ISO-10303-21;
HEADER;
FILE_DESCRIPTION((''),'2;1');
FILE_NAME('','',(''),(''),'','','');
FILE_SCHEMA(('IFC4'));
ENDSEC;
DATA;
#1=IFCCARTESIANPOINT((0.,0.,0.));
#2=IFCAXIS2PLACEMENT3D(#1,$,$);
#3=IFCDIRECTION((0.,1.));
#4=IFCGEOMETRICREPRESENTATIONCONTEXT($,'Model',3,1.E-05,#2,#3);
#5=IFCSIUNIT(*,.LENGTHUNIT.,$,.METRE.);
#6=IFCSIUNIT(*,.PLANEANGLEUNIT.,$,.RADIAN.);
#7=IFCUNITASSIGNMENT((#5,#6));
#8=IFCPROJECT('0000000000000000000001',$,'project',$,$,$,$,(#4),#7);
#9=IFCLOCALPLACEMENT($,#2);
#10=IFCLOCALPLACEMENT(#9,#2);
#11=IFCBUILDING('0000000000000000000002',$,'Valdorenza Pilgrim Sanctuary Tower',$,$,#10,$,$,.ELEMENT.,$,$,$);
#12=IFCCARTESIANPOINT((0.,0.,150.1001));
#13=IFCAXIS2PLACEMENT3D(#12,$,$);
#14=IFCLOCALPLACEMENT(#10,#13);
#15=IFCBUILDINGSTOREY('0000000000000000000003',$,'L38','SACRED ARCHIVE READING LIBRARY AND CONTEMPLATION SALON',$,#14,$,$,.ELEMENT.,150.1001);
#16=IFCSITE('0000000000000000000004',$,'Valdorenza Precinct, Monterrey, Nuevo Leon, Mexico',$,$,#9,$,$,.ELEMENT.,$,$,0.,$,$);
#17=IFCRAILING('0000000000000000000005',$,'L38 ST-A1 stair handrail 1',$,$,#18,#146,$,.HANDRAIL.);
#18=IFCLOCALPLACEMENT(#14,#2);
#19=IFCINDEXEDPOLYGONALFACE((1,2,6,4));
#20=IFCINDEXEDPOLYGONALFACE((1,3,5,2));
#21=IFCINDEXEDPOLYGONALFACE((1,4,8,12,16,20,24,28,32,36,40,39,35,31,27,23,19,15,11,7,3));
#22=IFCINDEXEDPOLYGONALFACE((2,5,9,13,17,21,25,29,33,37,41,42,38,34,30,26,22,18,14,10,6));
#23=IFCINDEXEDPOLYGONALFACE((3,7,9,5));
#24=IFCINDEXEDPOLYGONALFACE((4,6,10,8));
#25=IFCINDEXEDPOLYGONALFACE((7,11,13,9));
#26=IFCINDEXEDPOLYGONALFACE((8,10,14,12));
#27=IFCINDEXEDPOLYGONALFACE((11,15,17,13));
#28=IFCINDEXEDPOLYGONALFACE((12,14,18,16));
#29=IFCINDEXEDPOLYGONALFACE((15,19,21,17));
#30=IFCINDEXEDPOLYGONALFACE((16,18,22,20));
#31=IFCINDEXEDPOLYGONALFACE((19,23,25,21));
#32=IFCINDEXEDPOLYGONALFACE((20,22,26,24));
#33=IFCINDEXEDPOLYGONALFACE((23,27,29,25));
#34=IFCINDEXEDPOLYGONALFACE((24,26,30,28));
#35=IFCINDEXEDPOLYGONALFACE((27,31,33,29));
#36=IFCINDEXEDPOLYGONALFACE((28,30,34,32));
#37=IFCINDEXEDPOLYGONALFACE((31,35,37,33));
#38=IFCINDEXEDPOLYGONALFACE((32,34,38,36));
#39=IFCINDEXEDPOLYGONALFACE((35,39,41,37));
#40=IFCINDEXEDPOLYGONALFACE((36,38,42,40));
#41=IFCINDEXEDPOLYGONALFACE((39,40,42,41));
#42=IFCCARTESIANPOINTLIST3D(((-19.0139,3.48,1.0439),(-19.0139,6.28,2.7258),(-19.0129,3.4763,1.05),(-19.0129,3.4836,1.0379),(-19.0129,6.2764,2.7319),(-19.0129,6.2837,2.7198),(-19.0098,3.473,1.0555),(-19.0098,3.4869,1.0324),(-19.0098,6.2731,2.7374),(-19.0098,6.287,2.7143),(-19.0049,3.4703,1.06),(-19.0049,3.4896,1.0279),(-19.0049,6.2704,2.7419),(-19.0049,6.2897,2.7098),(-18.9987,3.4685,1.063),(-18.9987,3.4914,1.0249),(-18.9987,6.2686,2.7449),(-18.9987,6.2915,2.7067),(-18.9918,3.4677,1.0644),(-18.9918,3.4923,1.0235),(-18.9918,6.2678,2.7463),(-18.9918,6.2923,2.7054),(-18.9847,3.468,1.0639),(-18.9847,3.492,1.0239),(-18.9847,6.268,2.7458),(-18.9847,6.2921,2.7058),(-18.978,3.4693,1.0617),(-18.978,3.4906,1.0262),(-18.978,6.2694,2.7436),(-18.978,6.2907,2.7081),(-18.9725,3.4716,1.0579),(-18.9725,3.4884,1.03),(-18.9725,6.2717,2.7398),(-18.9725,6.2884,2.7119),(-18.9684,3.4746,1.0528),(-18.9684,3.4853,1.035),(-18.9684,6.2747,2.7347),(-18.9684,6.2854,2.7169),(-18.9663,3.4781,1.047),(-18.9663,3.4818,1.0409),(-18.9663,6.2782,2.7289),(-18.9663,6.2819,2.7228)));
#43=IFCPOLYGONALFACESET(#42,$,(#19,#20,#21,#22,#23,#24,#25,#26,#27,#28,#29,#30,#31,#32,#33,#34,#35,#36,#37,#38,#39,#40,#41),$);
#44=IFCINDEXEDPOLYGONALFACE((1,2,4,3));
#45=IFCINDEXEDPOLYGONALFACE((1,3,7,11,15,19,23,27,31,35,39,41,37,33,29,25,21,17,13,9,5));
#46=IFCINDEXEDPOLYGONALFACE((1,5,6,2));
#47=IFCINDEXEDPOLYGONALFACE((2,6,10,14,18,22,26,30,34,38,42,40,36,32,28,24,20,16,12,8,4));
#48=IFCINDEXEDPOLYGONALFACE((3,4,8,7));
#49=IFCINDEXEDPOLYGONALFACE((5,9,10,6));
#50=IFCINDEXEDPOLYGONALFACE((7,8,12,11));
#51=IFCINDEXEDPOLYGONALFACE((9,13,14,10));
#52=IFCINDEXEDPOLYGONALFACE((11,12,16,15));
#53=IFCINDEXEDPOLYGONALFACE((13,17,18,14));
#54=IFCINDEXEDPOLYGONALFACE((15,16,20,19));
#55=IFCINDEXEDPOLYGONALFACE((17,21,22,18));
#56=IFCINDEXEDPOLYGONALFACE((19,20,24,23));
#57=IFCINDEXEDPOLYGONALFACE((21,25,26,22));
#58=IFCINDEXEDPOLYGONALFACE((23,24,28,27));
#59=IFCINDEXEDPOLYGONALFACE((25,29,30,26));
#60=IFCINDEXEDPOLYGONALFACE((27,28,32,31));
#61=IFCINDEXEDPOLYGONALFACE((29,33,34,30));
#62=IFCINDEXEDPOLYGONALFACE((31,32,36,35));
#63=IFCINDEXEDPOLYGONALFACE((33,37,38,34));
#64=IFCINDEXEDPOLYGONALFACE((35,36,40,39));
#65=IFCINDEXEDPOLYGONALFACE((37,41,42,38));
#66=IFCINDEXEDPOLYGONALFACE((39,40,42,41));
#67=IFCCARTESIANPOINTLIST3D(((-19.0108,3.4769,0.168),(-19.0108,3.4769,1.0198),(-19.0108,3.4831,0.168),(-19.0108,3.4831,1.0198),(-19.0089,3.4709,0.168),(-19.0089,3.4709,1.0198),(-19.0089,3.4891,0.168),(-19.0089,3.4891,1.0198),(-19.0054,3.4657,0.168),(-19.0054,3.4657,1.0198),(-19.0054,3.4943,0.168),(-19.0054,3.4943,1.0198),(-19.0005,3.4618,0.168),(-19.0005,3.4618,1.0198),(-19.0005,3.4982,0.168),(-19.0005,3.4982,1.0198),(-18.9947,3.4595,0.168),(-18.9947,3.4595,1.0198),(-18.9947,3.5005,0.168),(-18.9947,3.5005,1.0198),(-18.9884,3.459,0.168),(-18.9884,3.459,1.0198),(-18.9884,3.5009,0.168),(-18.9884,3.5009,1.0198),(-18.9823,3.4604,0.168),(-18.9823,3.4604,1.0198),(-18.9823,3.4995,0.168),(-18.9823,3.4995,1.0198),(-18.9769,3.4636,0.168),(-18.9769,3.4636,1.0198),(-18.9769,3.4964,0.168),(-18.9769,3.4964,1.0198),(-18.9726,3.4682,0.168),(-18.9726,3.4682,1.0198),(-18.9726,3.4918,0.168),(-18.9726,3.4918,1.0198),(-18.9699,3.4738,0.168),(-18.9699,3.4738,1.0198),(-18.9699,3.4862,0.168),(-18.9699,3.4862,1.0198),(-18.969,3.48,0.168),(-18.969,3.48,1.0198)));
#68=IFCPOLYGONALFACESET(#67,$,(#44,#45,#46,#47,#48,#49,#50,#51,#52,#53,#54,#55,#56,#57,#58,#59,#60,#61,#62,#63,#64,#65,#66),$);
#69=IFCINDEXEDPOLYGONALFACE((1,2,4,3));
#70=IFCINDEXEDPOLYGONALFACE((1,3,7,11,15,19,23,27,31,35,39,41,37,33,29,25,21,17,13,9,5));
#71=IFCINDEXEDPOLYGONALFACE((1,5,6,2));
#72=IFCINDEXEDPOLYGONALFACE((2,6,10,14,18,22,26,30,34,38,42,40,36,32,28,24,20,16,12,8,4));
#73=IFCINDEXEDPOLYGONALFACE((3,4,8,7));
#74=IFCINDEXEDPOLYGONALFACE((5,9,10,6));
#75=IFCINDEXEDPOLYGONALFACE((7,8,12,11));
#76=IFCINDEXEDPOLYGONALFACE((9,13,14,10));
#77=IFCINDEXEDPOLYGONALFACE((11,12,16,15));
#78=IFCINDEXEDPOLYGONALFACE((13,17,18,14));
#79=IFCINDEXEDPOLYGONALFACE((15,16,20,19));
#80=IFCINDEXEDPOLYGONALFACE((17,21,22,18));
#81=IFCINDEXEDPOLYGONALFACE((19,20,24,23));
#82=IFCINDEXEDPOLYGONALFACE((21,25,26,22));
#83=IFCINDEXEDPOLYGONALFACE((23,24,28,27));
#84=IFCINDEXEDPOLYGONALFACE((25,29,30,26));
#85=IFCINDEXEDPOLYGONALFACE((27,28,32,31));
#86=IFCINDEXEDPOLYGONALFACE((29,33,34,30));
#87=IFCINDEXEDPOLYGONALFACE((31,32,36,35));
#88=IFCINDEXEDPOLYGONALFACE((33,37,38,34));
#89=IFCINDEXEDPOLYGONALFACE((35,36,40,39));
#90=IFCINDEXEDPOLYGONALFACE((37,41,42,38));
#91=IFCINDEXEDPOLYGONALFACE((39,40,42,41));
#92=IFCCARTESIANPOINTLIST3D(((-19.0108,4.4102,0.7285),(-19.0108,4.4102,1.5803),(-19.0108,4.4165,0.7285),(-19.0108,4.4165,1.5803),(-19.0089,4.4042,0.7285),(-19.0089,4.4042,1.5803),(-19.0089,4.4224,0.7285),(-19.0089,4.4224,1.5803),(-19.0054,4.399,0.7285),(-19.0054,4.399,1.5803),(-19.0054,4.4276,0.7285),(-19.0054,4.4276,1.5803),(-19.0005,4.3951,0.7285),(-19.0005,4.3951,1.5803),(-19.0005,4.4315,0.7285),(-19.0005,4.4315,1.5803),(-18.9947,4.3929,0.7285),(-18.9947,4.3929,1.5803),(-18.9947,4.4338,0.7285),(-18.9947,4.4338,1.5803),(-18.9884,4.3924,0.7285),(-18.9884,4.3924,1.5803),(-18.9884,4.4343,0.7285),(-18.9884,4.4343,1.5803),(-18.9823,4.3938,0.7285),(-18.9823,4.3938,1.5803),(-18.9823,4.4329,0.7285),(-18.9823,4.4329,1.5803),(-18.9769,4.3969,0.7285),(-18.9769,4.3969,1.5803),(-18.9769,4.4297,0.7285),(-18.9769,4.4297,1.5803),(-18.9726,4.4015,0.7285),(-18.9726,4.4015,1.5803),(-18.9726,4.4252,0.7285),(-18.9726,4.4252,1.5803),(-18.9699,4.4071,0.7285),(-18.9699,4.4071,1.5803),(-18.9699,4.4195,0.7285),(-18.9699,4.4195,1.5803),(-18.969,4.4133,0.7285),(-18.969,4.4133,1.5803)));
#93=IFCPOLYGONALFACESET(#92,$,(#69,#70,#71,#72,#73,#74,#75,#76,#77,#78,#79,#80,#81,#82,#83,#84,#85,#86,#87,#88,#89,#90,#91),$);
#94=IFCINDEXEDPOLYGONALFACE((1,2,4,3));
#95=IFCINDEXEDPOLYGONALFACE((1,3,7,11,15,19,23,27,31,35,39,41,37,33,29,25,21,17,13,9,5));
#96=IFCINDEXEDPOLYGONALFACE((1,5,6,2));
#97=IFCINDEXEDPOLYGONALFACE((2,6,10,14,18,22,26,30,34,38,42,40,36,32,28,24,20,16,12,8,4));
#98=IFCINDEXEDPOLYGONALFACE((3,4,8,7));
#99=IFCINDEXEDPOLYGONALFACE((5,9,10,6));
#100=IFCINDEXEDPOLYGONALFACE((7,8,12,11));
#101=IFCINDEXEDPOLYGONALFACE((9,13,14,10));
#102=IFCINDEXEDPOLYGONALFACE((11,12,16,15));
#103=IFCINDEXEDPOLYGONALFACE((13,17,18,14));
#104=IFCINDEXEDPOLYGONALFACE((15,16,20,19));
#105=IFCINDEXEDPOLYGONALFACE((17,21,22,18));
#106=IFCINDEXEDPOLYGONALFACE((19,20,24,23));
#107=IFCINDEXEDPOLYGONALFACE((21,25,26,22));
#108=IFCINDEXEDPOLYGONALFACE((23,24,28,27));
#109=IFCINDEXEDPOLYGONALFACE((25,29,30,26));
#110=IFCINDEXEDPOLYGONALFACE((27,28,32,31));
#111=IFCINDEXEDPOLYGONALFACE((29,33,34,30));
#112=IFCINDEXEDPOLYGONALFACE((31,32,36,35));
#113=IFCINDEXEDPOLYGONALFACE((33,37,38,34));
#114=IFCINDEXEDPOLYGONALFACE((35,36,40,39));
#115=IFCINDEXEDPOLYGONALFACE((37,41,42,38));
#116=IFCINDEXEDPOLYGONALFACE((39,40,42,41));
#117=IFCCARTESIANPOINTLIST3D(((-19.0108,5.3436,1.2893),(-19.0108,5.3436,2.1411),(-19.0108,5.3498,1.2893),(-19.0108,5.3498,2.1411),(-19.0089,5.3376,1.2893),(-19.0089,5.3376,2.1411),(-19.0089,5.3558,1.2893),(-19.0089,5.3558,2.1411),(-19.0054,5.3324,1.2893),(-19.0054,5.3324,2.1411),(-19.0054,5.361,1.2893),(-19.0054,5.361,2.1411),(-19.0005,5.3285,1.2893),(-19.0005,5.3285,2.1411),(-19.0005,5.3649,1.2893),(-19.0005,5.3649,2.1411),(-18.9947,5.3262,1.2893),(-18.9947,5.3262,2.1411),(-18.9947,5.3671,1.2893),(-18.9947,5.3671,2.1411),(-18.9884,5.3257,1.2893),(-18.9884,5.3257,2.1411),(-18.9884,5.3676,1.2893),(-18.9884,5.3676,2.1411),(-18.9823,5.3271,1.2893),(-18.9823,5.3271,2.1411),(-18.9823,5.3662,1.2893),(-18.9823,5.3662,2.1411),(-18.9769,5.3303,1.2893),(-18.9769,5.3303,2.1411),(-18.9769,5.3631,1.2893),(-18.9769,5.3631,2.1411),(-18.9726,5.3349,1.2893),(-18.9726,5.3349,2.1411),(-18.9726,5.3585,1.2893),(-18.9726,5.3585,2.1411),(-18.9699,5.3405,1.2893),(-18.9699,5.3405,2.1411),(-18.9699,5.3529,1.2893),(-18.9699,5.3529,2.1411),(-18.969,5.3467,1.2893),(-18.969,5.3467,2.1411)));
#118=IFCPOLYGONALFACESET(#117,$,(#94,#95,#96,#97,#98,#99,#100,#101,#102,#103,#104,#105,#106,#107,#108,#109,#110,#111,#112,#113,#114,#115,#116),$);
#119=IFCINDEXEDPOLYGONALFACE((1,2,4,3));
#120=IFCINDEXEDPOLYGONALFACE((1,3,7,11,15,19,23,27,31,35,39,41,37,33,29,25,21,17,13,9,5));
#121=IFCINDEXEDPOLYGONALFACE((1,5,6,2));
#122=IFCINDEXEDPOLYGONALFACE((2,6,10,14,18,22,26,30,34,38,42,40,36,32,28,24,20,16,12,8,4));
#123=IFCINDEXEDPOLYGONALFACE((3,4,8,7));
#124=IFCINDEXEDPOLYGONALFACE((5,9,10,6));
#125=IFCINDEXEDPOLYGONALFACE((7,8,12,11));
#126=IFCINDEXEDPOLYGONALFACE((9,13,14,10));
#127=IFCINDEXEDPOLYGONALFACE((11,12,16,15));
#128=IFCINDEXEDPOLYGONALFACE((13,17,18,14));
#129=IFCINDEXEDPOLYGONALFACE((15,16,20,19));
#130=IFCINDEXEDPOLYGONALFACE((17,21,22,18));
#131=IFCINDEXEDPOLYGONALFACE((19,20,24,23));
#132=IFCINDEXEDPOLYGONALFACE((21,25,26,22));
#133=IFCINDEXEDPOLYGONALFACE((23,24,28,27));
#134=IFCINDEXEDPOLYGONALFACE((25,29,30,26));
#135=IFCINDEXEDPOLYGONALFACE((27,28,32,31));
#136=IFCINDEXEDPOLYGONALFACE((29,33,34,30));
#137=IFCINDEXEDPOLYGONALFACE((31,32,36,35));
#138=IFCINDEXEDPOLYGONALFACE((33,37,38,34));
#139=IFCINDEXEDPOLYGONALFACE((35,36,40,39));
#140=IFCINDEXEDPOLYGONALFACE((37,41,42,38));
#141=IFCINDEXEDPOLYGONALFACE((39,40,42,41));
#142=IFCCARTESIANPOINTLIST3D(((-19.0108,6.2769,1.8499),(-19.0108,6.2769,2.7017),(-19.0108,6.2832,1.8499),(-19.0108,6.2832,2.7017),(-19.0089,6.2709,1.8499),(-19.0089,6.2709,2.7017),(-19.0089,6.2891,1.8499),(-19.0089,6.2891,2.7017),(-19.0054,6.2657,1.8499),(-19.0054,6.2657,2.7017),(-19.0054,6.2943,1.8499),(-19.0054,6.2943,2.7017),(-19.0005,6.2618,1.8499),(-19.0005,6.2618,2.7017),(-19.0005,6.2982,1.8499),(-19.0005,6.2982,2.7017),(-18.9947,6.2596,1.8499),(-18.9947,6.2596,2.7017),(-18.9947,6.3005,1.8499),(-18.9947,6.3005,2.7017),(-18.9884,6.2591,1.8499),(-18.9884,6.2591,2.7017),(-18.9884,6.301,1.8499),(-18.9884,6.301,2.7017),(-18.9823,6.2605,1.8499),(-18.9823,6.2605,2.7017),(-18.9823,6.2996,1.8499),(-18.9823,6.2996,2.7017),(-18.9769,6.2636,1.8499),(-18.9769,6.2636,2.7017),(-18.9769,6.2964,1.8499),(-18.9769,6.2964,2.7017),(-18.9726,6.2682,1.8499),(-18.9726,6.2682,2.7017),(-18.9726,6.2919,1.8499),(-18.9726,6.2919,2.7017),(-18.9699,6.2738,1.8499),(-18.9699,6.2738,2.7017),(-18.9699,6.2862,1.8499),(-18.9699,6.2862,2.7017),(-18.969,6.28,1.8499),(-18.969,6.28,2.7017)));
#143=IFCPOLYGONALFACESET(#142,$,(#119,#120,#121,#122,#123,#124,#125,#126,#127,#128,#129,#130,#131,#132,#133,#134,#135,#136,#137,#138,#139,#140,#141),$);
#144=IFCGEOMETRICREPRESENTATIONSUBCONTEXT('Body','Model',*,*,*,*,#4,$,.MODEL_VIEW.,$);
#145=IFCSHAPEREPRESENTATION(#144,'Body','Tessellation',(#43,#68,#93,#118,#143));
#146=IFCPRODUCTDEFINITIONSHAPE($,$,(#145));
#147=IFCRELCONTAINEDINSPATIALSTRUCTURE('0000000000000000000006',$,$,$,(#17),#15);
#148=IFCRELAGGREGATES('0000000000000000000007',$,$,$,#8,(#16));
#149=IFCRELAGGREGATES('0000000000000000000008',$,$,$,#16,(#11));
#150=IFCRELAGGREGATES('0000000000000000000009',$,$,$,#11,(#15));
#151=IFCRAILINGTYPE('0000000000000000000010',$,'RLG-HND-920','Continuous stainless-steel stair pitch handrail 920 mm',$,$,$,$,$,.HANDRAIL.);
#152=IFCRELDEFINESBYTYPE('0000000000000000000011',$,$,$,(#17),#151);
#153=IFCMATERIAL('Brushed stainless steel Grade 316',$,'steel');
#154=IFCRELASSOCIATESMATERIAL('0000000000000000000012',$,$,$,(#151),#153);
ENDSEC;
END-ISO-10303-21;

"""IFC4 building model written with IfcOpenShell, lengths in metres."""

from ifc_helpers import new_model, si_unit, direction, frame, origin, origin_2d, place, context, subcontext, project, spatial, circle, extrude, material, type_object, element, save


model = new_model("IFC4")

# Units and contexts
model_context = context("Model", 3, precision=1e-05, world=origin(), true_north=direction((0.0, 1.0)))
body_context = subcontext(model_context, "Body", "Model", "MODEL_VIEW")
ifc_project = project(units=[si_unit("LENGTHUNIT", "METRE"), si_unit("PLANEANGLEUNIT", "RADIAN")], contexts=[model_context])

# Site, building, storey
site_placement = place(None, origin())
site = spatial("IfcSite", under=ifc_project, at=site_placement, Name="Valdorenza Precinct, Monterrey, Nuevo Leon, Mexico", CompositionType="ELEMENT", RefElevation=0.0)
building_placement = place(site_placement, origin())
building = spatial("IfcBuilding", under=site, at=building_placement, Name="Valdorenza Pilgrim Sanctuary Tower", CompositionType="ELEMENT")
storey_placement = place(building_placement, frame((0.0, 0.0, 150.1001)))
storey = spatial("IfcBuildingStorey", under=building, at=storey_placement, Name="L38", Description="SACRED ARCHIVE READING LIBRARY AND CONTEMPLATION SALON", CompositionType="ELEMENT", Elevation=150.1001)

# Railing
ifc_material_1 = material(Name="Brushed stainless steel Grade 316", Category="steel")
railing_type_1 = type_object("IfcRailingType", Name="RLG-HND-920", Description="Continuous stainless-steel stair pitch handrail 920 mm", PredefinedType="HANDRAIL", material=ifc_material_1)
railing_1_placement = place(storey_placement, frame((-18.99, 3.48, 0.168)))
element("IfcRailing", 1, at=railing_1_placement, inside=storey, type_object=railing_type_1, Name="L38 ST-A1 stair handrail 1", PredefinedType="HANDRAIL", context=body_context, shape_type="SweptSolid", body=[
    extrude(circle(Radius=0.0239, at=origin_2d()), frame((0.0, 0.0, 0.876), z_axis=(0.0, 0.857242, 0.514913), x_axis=(-1.0, 0.0, 0.0)), (0.0, 0.0, 1.0), 3.2664),
    extrude(circle(Radius=0.021, at=origin_2d()), origin(), (0.0, 0.0, 1.0), 0.8518),
    extrude(circle(Radius=0.021, at=origin_2d()), frame((0.0, 0.9333, 0.5605)), (0.0, 0.0, 1.0), 0.8518),
    extrude(circle(Radius=0.021, at=origin_2d()), frame((0.0, 1.8667, 1.1213)), (0.0, 0.0, 1.0), 0.8518),
    extrude(circle(Radius=0.021, at=origin_2d()), frame((0.0, 2.8, 1.6819)), (0.0, 0.0, 1.0), 0.8518),
])

save(model, "model.ifc")
